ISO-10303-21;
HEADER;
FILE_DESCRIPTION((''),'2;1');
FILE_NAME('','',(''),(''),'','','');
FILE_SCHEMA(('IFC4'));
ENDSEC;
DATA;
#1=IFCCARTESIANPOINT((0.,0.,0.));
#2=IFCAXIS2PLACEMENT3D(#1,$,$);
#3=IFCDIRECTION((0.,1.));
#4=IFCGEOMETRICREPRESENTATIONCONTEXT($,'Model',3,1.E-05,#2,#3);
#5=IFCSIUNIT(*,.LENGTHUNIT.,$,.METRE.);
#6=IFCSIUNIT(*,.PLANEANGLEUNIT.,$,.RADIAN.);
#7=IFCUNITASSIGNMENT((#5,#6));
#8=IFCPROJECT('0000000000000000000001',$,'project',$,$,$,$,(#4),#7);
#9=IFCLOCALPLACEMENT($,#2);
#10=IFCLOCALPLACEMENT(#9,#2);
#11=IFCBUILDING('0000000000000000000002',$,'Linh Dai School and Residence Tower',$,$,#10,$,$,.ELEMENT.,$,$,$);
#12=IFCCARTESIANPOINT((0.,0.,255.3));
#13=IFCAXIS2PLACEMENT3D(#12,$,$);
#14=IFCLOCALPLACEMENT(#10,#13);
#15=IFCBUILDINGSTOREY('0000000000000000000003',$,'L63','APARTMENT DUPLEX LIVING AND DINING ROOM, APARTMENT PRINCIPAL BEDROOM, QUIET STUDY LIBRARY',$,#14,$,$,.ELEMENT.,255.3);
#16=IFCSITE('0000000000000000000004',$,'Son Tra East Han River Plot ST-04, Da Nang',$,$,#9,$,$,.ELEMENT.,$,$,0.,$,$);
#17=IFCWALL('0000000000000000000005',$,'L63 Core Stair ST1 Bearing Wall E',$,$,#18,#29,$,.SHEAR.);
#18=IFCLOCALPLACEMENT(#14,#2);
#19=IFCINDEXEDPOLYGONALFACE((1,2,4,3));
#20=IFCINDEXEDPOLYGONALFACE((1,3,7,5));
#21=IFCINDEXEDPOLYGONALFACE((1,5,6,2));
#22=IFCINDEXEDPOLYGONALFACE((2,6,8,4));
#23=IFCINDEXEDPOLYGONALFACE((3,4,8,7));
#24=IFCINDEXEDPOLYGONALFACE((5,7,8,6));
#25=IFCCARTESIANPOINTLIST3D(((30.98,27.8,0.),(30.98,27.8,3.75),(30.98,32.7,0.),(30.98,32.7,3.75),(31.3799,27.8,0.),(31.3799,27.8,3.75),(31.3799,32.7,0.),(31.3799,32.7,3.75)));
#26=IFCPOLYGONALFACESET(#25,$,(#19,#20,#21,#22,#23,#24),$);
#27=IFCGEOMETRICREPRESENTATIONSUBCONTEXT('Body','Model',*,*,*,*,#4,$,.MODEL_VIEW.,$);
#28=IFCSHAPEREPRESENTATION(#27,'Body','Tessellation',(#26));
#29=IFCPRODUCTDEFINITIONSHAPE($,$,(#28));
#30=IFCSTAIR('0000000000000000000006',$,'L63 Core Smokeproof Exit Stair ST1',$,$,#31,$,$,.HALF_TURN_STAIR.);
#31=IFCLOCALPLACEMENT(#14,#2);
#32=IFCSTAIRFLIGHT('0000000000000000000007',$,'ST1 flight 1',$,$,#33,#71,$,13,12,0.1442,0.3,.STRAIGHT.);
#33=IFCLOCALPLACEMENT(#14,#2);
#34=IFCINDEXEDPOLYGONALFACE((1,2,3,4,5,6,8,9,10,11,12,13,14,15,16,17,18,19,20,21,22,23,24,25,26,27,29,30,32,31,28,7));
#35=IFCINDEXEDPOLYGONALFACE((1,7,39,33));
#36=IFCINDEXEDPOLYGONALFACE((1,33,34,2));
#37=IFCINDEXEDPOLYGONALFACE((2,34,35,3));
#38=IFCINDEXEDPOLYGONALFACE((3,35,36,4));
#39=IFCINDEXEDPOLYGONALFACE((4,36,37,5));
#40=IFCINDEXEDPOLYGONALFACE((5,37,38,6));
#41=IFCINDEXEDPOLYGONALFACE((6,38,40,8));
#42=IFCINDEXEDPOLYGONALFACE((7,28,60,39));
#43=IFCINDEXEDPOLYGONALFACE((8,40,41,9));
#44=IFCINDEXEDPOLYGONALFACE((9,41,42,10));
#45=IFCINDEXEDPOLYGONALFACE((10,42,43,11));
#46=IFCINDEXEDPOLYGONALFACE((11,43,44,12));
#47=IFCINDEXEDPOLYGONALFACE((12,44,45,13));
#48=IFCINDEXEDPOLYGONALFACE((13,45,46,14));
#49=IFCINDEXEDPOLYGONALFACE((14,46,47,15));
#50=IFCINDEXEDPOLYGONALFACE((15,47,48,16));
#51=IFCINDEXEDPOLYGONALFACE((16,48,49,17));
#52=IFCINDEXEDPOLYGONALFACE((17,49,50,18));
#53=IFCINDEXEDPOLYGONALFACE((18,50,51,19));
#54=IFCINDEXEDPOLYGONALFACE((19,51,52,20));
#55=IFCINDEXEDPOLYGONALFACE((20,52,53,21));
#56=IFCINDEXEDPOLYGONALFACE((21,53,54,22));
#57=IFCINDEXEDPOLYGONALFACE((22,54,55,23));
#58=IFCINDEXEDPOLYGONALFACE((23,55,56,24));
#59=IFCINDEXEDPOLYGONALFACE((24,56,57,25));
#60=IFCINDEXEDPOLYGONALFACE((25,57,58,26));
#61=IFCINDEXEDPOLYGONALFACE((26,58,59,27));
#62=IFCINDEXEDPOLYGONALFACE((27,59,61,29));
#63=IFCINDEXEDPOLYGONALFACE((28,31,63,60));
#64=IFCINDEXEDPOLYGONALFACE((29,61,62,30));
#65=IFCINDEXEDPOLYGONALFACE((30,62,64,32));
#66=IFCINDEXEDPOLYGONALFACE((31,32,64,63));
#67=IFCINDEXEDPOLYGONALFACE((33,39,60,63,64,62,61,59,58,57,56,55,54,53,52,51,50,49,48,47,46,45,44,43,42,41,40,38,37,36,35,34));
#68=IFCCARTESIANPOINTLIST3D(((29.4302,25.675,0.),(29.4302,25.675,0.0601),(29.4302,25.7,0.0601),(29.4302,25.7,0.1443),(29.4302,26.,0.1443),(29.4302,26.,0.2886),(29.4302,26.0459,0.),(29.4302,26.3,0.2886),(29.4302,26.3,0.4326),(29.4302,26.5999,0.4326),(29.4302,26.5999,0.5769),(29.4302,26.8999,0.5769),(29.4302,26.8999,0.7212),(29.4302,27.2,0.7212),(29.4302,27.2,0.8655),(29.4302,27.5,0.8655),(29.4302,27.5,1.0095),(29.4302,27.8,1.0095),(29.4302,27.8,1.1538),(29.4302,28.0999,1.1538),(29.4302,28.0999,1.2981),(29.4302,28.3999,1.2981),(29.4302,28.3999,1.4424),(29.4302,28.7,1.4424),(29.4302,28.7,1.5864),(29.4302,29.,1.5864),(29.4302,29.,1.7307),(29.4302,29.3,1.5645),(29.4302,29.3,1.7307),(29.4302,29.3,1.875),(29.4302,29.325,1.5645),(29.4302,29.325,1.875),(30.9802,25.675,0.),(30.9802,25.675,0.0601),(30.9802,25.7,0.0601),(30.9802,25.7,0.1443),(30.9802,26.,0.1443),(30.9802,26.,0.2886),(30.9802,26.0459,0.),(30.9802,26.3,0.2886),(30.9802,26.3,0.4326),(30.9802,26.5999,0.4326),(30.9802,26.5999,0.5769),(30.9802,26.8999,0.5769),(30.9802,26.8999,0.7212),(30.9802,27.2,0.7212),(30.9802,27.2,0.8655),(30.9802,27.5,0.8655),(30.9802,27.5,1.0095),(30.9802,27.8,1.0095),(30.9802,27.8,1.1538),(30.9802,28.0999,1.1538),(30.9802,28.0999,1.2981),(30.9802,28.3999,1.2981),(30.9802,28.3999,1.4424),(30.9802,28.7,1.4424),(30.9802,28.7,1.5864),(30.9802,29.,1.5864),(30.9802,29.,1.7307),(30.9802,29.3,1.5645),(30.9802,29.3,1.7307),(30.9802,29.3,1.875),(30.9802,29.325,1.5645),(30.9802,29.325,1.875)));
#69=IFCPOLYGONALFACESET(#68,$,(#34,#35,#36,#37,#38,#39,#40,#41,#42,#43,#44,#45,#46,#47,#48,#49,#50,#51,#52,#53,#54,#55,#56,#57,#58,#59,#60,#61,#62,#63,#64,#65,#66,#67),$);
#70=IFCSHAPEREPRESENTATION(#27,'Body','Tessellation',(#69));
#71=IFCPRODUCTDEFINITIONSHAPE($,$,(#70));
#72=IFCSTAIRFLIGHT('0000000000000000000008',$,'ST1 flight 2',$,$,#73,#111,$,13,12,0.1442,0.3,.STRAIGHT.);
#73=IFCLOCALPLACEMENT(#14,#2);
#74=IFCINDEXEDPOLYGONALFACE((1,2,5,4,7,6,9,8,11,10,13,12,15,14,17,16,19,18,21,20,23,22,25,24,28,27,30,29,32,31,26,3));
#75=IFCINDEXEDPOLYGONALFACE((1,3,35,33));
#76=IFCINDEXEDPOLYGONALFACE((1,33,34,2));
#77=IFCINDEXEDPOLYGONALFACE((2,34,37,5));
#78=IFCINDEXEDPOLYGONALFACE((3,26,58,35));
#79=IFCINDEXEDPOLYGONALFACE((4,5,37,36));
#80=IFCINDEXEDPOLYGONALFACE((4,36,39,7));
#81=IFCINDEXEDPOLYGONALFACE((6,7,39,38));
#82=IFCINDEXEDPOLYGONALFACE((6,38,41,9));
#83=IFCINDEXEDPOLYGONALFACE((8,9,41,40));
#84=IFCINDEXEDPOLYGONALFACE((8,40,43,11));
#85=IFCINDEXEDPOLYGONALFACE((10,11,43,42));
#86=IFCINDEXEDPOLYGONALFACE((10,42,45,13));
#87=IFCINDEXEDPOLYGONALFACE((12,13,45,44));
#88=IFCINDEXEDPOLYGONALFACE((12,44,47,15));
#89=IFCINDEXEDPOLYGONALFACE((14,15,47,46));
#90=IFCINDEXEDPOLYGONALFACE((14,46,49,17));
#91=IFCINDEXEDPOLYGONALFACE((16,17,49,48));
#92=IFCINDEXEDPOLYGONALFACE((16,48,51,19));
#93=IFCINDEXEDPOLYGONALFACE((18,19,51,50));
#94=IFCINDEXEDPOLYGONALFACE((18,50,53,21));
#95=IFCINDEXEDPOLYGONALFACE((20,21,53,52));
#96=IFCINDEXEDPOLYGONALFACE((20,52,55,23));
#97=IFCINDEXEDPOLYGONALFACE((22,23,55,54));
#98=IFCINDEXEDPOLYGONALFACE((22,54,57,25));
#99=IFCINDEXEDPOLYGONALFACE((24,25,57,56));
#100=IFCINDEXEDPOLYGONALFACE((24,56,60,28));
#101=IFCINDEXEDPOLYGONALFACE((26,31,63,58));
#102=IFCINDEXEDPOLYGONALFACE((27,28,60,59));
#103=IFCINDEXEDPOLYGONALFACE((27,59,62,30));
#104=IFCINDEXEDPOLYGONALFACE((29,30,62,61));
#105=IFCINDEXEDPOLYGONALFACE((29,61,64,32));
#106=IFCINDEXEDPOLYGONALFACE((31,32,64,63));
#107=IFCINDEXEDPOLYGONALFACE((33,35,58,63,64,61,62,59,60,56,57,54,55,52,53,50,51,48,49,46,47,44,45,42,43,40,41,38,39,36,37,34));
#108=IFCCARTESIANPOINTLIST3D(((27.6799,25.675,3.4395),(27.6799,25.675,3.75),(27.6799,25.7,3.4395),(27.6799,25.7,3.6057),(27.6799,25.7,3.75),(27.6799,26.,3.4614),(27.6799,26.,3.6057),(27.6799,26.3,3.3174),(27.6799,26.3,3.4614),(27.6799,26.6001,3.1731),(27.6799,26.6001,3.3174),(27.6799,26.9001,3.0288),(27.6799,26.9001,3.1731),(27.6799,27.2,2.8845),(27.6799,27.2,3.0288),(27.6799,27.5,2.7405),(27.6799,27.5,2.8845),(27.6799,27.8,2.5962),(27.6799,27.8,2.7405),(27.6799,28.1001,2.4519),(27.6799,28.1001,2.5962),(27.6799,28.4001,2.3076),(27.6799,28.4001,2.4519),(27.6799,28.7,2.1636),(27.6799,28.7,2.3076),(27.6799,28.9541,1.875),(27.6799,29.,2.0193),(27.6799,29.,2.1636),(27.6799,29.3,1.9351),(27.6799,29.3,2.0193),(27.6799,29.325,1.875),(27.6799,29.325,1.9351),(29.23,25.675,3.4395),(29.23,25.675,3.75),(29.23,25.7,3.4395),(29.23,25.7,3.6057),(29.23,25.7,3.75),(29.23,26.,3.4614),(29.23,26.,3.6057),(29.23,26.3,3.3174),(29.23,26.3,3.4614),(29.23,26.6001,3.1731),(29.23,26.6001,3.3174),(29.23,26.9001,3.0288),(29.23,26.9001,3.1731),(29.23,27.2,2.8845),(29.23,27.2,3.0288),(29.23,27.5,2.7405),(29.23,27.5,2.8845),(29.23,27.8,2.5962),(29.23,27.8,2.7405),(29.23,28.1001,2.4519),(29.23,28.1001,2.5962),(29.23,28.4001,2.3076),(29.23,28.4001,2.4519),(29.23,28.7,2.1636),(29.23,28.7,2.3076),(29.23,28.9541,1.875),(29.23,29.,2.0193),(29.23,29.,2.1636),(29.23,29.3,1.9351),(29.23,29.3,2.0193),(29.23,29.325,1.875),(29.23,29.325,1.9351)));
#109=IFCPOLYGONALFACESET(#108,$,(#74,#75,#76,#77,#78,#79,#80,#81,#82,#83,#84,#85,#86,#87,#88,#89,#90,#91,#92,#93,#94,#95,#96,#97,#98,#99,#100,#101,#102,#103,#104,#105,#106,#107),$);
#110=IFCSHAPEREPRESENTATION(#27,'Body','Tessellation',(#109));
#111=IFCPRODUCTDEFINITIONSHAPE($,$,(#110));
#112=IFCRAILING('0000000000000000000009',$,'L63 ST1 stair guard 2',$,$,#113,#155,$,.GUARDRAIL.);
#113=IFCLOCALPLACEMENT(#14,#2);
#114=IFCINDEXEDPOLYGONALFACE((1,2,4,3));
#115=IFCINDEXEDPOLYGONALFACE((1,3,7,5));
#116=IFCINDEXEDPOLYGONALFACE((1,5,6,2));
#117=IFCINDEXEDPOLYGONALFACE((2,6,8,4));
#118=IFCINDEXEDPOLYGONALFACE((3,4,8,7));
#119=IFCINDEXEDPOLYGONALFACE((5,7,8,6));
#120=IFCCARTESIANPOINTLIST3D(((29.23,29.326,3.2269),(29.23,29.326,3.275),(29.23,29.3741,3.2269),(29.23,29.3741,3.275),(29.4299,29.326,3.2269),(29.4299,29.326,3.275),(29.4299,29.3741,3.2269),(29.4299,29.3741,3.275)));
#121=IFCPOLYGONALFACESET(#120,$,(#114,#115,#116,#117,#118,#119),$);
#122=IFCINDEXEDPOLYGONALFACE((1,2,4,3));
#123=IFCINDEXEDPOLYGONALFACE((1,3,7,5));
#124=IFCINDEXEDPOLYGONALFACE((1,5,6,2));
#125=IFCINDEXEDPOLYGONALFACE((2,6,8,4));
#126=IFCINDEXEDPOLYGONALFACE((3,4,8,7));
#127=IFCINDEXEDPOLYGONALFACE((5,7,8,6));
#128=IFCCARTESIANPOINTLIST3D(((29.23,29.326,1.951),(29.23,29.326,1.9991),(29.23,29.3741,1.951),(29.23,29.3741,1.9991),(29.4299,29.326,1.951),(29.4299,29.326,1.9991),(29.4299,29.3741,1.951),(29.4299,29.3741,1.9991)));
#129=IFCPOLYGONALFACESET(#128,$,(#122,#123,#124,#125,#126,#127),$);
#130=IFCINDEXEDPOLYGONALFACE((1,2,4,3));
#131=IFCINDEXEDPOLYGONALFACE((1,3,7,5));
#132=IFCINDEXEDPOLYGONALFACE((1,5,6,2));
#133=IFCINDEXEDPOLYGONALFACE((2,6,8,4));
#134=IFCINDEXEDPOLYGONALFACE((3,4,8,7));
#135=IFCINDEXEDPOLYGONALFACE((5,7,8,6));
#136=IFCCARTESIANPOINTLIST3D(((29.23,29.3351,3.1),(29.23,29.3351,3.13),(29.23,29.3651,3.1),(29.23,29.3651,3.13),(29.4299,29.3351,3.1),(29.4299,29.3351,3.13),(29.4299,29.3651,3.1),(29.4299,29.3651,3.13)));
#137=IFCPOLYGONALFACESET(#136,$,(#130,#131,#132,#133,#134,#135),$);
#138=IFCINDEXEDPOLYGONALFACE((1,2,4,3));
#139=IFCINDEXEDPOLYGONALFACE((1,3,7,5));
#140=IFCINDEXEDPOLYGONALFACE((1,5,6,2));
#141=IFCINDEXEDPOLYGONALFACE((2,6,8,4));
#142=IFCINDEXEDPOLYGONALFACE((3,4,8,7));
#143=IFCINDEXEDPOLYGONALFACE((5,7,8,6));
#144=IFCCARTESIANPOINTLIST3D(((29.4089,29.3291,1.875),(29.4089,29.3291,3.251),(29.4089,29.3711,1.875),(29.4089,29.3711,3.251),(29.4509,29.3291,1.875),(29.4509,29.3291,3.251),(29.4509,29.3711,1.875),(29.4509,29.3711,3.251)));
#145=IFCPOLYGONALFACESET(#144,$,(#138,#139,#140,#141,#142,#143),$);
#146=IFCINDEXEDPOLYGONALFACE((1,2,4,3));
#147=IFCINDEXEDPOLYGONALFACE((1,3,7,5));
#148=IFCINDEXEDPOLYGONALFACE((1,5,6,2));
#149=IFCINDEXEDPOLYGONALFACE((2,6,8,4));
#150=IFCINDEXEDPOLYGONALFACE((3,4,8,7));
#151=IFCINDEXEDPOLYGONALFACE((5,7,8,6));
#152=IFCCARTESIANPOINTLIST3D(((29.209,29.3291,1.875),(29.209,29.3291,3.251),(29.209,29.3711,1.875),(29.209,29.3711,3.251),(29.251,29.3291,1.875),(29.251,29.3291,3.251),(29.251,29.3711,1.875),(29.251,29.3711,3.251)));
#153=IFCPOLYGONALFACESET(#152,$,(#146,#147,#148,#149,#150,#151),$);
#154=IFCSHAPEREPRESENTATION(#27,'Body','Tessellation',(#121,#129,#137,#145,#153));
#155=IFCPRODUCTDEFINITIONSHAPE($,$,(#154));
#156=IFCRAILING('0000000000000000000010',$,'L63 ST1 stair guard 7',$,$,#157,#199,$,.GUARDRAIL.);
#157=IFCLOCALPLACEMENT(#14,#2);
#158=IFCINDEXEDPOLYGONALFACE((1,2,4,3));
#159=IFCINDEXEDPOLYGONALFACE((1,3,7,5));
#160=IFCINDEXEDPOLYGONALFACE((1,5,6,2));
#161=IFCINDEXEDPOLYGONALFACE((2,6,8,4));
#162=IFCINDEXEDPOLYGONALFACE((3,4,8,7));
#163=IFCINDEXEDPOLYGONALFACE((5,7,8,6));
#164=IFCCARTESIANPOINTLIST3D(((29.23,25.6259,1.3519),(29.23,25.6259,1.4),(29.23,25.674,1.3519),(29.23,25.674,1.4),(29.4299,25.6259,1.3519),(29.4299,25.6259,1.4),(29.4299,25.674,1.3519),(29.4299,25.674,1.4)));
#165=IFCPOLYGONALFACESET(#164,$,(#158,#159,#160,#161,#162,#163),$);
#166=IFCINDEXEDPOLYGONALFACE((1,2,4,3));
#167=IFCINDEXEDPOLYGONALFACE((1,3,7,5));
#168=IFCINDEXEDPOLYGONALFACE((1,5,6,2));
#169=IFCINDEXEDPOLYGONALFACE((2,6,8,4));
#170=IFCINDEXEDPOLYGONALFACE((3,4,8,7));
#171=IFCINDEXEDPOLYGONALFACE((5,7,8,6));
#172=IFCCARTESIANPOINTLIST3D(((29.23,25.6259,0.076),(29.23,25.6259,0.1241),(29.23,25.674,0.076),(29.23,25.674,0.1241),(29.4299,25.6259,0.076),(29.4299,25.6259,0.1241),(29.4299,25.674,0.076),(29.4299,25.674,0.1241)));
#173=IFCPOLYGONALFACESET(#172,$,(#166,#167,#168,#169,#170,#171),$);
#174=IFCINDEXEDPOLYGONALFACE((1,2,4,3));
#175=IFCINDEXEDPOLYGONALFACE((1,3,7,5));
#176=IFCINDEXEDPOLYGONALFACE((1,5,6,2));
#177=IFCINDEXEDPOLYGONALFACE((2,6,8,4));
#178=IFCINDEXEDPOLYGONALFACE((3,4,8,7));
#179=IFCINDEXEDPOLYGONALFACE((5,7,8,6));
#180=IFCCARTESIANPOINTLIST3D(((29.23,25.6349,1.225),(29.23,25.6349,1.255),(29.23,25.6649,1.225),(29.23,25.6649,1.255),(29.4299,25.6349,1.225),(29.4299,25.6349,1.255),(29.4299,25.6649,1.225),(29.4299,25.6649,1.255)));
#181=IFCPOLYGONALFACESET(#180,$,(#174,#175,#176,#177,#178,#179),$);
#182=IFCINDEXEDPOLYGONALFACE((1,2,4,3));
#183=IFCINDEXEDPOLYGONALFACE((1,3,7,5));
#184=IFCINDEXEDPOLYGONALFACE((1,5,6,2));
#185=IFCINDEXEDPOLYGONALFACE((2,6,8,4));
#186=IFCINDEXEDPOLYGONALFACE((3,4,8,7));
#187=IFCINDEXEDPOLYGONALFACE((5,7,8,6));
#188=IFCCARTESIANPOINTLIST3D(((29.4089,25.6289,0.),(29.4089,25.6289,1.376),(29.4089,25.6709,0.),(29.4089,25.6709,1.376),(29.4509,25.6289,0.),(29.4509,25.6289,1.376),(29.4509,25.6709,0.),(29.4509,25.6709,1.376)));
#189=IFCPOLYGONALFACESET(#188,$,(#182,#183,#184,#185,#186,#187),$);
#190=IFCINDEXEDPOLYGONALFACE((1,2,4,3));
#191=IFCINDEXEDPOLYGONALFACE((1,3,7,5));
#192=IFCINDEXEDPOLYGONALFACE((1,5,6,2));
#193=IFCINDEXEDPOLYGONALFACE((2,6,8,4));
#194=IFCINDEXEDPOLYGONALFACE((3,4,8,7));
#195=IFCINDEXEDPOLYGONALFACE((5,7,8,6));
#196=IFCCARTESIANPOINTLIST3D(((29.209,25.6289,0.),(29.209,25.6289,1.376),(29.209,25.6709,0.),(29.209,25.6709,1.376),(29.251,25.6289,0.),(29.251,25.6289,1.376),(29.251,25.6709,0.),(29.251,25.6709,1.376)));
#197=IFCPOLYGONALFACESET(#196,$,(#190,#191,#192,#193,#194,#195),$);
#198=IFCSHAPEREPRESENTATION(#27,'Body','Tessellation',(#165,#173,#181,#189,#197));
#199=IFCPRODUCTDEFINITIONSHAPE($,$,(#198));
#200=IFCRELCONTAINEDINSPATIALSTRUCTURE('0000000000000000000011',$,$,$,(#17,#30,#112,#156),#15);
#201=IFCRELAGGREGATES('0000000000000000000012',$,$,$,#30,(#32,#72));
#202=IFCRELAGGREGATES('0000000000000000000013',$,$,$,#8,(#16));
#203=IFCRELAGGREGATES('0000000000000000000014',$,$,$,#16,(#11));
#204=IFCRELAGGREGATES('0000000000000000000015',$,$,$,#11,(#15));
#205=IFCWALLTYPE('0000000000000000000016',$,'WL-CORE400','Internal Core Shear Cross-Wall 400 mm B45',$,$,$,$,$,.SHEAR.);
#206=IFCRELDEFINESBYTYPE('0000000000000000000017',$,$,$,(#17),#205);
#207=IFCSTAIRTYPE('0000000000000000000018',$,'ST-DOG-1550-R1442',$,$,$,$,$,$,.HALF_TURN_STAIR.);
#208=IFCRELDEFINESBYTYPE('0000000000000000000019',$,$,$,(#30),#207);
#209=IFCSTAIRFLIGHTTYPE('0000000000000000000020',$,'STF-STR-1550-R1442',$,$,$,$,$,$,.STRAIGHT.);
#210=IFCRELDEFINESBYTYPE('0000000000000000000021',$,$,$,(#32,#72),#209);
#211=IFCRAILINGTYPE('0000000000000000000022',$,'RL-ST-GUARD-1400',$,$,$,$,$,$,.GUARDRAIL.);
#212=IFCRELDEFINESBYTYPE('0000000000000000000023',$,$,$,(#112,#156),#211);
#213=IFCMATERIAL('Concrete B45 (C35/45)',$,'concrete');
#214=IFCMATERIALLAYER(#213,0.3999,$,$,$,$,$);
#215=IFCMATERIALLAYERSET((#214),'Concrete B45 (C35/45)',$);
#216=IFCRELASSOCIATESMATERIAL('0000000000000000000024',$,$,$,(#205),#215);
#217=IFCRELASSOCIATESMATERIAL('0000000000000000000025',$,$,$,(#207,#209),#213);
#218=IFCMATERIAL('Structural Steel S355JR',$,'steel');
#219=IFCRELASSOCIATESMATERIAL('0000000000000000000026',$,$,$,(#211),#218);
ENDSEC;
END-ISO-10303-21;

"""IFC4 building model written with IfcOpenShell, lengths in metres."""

from ifc_helpers import new_model, si_unit, direction, frame, frame_2d, origin, origin_2d, place, context, subcontext, project, spatial, polyline, rectangle, outline, extrude, source, transform, mapped, material, layer, layer_set, type_object, element, aggregate, save


model = new_model("IFC4")

# Units and contexts
model_context = context("Model", 3, precision=1e-05, world=origin(), true_north=direction((0.0, 1.0)))
body_context = subcontext(model_context, "Body", "Model", "MODEL_VIEW")
ifc_project = project(units=[si_unit("LENGTHUNIT", "METRE"), si_unit("PLANEANGLEUNIT", "RADIAN")], contexts=[model_context])

# Site, building, storey
site_placement = place(None, origin())
site = spatial("IfcSite", under=ifc_project, at=site_placement, Name="Son Tra East Han River Plot ST-04, Da Nang", CompositionType="ELEMENT", RefElevation=0.0)
building_placement = place(site_placement, origin())
building = spatial("IfcBuilding", under=site, at=building_placement, Name="Linh Dai School and Residence Tower", CompositionType="ELEMENT")
storey_placement = place(building_placement, frame((0.0, 0.0, 255.3)))
storey = spatial("IfcBuildingStorey", under=building, at=storey_placement, Name="L63", Description="APARTMENT DUPLEX LIVING AND DINING ROOM, APARTMENT PRINCIPAL BEDROOM, QUIET STUDY LIBRARY", CompositionType="ELEMENT", Elevation=255.3)

# Shared definitions
ifc_material_1 = material(Name="Structural Steel S355JR", Category="steel")

# Shared definitions
ifc_material_2 = material(Name="Concrete B45 (C35/45)", Category="concrete")

# Wall
ifc_layer_1 = layer(ifc_material_2, 0.3999)
ifc_layer_set_1 = layer_set([ifc_layer_1], Name="Concrete B45 (C35/45)")
wall_type_1 = type_object("IfcWallType", Name="WL-CORE400", Description="Internal Core Shear Cross-Wall 400 mm B45", PredefinedType="SHEAR", material=ifc_layer_set_1)
wall_1_placement = place(storey_placement, frame((31.1799, 27.8, 0.0), z_axis=(0.0, 0.0, 1.0), x_axis=(0.0, 1.0, 0.0)))
element("IfcWall", 1, at=wall_1_placement, inside=storey, type_object=wall_type_1, Name="L63 Core Stair ST1 Bearing Wall E", PredefinedType="SHEAR", context=body_context, shape_type="SweptSolid", body=[
    extrude(rectangle(XDim=4.8999, YDim=0.3999, at=frame_2d((2.45, 0.0))), origin(), (0.0, 0.0, 1.0), 3.75),
])

# Stair, stair flights
stair_type = type_object("IfcStairType", Name="ST-DOG-1550-R1442", PredefinedType="HALF_TURN_STAIR", material=ifc_material_2)
stair_placement = place(storey_placement, origin())
stair = element("IfcStair", 2, at=stair_placement, inside=storey, type_object=stair_type, Name="L63 Core Smokeproof Exit Stair ST1", PredefinedType="HALF_TURN_STAIR")
stair_flight_type = type_object("IfcStairFlightType", Name="STF-STR-1550-R1442", PredefinedType="STRAIGHT", material=ifc_material_2)
shared_shape_1 = source(origin(), body_context, "Body", "SweptSolid", [
    extrude(outline(polyline([(-0.0249, 0.0), (-0.0249, 0.0601), (0.0, 0.0601), (0.0, 0.1443), (0.3, 0.1443), (0.3, 0.2886), (0.6001, 0.2886), (0.6001, 0.4326), (0.8999, 0.4326), (0.8999, 0.5769), (1.2, 0.5769), (1.2, 0.7212), (1.5, 0.7212), (1.5, 0.8655), (1.8, 0.8655), (1.8, 1.0095), (2.1001, 1.0095), (2.1001, 1.1538), (2.3999, 1.1538), (2.3999, 1.2981), (2.7, 1.2981), (2.7, 1.4424), (3.0, 1.4424), (3.0, 1.5864), (3.3, 1.5864), (3.3, 1.7307), (3.6001, 1.7307), (3.6001, 1.875), (3.625, 1.875), (3.625, 1.5645), (3.6001, 1.5645), (0.3459, 0.0), (-0.0249, 0.0)])), frame((0.0, 0.7749, 0.0), z_axis=(0.0, -1.0, 0.0), x_axis=(1.0, 0.0, 0.0)), (0.0, 0.0, 1.0), 1.55),
])
stair_flight_1_placement = place(storey_placement, frame((30.2051, 25.7, 0.0), z_axis=(0.0, 0.0, 1.0), x_axis=(0.0, 1.0, 0.0)))
stair_flight_1 = element("IfcStairFlight", 3, at=stair_flight_1_placement, type_object=stair_flight_type, Name="ST1 flight 1", NumberOfRisers=13, NumberOfTreads=12, PredefinedType="STRAIGHT", RiserHeight=0.1442, TreadLength=0.3, context=body_context, shape_type="MappedRepresentation", body=[
    mapped(shared_shape_1, transform((0.0, 0.0, 0.0), x_axis=(1.0, 0.0, 0.0), y_axis=(0.0, 1.0, 0.0), z_axis=(0.0, 0.0, 1.0), scale=1.0)),
])
stair_flight_2_placement = place(storey_placement, frame((28.4551, 29.3, 1.875), z_axis=(0.0, 0.0, 1.0), x_axis=(0.0, -1.0, 0.0)))
stair_flight_2 = element("IfcStairFlight", 4, at=stair_flight_2_placement, type_object=stair_flight_type, Name="ST1 flight 2", NumberOfRisers=13, NumberOfTreads=12, PredefinedType="STRAIGHT", RiserHeight=0.1442, TreadLength=0.3, context=body_context, shape_type="MappedRepresentation", body=[
    mapped(shared_shape_1, transform((0.0, 0.0, 0.0), x_axis=(1.0, 0.0, 0.0), y_axis=(0.0, 1.0, 0.0), z_axis=(0.0, 0.0, 1.0), scale=1.0)),
])
aggregate(stair, [stair_flight_1, stair_flight_2])

# Railings
railing_type_1 = type_object("IfcRailingType", Name="RL-ST-GUARD-1400", PredefinedType="GUARDRAIL", material=ifc_material_1)
shared_shape_2 = source(origin(), body_context, "Body", "SweptSolid", [
    extrude(rectangle(XDim=0.0481, YDim=0.0481, at=origin_2d()), frame((0.0, 0.0, 1.376), z_axis=(-1.0, 0.0, 0.0), x_axis=(0.0, -1.0, 0.0)), (0.0, 0.0, 1.0), 0.2),
    extrude(rectangle(XDim=0.0481, YDim=0.0481, at=origin_2d()), frame((0.0, 0.0, 0.1001), z_axis=(-1.0, 0.0, 0.0), x_axis=(0.0, -1.0, 0.0)), (0.0, 0.0, 1.0), 0.2),
    extrude(rectangle(XDim=0.03, YDim=0.03, at=origin_2d()), frame((0.0, 0.0, 1.24), z_axis=(-1.0, 0.0, 0.0), x_axis=(0.0, -1.0, 0.0)), (0.0, 0.0, 1.0), 0.2),
    extrude(rectangle(XDim=0.042, YDim=0.042, at=origin_2d()), origin(), (0.0, 0.0, 1.0), 1.376),
    extrude(rectangle(XDim=0.042, YDim=0.042, at=origin_2d()), frame((-0.2, 0.0, 0.0)), (0.0, 0.0, 1.0), 1.376),
])
for number, where, name in (
    (5, (29.4299, 29.3501, 1.875), "L63 ST1 stair guard 2"),
    (6, (29.4299, 25.6499, 0.0), "L63 ST1 stair guard 7"),
):
    element("IfcRailing", number, at=place(storey_placement, frame(where)), inside=storey, type_object=railing_type_1, Name=name, PredefinedType="GUARDRAIL", context=body_context, shape_type="MappedRepresentation", body=[
        mapped(shared_shape_2, transform((0.0, 0.0, 0.0), x_axis=(1.0, 0.0, 0.0), y_axis=(0.0, 1.0, 0.0), z_axis=(0.0, 0.0, 1.0), scale=1.0)),
    ])

save(model, "model.ifc")
